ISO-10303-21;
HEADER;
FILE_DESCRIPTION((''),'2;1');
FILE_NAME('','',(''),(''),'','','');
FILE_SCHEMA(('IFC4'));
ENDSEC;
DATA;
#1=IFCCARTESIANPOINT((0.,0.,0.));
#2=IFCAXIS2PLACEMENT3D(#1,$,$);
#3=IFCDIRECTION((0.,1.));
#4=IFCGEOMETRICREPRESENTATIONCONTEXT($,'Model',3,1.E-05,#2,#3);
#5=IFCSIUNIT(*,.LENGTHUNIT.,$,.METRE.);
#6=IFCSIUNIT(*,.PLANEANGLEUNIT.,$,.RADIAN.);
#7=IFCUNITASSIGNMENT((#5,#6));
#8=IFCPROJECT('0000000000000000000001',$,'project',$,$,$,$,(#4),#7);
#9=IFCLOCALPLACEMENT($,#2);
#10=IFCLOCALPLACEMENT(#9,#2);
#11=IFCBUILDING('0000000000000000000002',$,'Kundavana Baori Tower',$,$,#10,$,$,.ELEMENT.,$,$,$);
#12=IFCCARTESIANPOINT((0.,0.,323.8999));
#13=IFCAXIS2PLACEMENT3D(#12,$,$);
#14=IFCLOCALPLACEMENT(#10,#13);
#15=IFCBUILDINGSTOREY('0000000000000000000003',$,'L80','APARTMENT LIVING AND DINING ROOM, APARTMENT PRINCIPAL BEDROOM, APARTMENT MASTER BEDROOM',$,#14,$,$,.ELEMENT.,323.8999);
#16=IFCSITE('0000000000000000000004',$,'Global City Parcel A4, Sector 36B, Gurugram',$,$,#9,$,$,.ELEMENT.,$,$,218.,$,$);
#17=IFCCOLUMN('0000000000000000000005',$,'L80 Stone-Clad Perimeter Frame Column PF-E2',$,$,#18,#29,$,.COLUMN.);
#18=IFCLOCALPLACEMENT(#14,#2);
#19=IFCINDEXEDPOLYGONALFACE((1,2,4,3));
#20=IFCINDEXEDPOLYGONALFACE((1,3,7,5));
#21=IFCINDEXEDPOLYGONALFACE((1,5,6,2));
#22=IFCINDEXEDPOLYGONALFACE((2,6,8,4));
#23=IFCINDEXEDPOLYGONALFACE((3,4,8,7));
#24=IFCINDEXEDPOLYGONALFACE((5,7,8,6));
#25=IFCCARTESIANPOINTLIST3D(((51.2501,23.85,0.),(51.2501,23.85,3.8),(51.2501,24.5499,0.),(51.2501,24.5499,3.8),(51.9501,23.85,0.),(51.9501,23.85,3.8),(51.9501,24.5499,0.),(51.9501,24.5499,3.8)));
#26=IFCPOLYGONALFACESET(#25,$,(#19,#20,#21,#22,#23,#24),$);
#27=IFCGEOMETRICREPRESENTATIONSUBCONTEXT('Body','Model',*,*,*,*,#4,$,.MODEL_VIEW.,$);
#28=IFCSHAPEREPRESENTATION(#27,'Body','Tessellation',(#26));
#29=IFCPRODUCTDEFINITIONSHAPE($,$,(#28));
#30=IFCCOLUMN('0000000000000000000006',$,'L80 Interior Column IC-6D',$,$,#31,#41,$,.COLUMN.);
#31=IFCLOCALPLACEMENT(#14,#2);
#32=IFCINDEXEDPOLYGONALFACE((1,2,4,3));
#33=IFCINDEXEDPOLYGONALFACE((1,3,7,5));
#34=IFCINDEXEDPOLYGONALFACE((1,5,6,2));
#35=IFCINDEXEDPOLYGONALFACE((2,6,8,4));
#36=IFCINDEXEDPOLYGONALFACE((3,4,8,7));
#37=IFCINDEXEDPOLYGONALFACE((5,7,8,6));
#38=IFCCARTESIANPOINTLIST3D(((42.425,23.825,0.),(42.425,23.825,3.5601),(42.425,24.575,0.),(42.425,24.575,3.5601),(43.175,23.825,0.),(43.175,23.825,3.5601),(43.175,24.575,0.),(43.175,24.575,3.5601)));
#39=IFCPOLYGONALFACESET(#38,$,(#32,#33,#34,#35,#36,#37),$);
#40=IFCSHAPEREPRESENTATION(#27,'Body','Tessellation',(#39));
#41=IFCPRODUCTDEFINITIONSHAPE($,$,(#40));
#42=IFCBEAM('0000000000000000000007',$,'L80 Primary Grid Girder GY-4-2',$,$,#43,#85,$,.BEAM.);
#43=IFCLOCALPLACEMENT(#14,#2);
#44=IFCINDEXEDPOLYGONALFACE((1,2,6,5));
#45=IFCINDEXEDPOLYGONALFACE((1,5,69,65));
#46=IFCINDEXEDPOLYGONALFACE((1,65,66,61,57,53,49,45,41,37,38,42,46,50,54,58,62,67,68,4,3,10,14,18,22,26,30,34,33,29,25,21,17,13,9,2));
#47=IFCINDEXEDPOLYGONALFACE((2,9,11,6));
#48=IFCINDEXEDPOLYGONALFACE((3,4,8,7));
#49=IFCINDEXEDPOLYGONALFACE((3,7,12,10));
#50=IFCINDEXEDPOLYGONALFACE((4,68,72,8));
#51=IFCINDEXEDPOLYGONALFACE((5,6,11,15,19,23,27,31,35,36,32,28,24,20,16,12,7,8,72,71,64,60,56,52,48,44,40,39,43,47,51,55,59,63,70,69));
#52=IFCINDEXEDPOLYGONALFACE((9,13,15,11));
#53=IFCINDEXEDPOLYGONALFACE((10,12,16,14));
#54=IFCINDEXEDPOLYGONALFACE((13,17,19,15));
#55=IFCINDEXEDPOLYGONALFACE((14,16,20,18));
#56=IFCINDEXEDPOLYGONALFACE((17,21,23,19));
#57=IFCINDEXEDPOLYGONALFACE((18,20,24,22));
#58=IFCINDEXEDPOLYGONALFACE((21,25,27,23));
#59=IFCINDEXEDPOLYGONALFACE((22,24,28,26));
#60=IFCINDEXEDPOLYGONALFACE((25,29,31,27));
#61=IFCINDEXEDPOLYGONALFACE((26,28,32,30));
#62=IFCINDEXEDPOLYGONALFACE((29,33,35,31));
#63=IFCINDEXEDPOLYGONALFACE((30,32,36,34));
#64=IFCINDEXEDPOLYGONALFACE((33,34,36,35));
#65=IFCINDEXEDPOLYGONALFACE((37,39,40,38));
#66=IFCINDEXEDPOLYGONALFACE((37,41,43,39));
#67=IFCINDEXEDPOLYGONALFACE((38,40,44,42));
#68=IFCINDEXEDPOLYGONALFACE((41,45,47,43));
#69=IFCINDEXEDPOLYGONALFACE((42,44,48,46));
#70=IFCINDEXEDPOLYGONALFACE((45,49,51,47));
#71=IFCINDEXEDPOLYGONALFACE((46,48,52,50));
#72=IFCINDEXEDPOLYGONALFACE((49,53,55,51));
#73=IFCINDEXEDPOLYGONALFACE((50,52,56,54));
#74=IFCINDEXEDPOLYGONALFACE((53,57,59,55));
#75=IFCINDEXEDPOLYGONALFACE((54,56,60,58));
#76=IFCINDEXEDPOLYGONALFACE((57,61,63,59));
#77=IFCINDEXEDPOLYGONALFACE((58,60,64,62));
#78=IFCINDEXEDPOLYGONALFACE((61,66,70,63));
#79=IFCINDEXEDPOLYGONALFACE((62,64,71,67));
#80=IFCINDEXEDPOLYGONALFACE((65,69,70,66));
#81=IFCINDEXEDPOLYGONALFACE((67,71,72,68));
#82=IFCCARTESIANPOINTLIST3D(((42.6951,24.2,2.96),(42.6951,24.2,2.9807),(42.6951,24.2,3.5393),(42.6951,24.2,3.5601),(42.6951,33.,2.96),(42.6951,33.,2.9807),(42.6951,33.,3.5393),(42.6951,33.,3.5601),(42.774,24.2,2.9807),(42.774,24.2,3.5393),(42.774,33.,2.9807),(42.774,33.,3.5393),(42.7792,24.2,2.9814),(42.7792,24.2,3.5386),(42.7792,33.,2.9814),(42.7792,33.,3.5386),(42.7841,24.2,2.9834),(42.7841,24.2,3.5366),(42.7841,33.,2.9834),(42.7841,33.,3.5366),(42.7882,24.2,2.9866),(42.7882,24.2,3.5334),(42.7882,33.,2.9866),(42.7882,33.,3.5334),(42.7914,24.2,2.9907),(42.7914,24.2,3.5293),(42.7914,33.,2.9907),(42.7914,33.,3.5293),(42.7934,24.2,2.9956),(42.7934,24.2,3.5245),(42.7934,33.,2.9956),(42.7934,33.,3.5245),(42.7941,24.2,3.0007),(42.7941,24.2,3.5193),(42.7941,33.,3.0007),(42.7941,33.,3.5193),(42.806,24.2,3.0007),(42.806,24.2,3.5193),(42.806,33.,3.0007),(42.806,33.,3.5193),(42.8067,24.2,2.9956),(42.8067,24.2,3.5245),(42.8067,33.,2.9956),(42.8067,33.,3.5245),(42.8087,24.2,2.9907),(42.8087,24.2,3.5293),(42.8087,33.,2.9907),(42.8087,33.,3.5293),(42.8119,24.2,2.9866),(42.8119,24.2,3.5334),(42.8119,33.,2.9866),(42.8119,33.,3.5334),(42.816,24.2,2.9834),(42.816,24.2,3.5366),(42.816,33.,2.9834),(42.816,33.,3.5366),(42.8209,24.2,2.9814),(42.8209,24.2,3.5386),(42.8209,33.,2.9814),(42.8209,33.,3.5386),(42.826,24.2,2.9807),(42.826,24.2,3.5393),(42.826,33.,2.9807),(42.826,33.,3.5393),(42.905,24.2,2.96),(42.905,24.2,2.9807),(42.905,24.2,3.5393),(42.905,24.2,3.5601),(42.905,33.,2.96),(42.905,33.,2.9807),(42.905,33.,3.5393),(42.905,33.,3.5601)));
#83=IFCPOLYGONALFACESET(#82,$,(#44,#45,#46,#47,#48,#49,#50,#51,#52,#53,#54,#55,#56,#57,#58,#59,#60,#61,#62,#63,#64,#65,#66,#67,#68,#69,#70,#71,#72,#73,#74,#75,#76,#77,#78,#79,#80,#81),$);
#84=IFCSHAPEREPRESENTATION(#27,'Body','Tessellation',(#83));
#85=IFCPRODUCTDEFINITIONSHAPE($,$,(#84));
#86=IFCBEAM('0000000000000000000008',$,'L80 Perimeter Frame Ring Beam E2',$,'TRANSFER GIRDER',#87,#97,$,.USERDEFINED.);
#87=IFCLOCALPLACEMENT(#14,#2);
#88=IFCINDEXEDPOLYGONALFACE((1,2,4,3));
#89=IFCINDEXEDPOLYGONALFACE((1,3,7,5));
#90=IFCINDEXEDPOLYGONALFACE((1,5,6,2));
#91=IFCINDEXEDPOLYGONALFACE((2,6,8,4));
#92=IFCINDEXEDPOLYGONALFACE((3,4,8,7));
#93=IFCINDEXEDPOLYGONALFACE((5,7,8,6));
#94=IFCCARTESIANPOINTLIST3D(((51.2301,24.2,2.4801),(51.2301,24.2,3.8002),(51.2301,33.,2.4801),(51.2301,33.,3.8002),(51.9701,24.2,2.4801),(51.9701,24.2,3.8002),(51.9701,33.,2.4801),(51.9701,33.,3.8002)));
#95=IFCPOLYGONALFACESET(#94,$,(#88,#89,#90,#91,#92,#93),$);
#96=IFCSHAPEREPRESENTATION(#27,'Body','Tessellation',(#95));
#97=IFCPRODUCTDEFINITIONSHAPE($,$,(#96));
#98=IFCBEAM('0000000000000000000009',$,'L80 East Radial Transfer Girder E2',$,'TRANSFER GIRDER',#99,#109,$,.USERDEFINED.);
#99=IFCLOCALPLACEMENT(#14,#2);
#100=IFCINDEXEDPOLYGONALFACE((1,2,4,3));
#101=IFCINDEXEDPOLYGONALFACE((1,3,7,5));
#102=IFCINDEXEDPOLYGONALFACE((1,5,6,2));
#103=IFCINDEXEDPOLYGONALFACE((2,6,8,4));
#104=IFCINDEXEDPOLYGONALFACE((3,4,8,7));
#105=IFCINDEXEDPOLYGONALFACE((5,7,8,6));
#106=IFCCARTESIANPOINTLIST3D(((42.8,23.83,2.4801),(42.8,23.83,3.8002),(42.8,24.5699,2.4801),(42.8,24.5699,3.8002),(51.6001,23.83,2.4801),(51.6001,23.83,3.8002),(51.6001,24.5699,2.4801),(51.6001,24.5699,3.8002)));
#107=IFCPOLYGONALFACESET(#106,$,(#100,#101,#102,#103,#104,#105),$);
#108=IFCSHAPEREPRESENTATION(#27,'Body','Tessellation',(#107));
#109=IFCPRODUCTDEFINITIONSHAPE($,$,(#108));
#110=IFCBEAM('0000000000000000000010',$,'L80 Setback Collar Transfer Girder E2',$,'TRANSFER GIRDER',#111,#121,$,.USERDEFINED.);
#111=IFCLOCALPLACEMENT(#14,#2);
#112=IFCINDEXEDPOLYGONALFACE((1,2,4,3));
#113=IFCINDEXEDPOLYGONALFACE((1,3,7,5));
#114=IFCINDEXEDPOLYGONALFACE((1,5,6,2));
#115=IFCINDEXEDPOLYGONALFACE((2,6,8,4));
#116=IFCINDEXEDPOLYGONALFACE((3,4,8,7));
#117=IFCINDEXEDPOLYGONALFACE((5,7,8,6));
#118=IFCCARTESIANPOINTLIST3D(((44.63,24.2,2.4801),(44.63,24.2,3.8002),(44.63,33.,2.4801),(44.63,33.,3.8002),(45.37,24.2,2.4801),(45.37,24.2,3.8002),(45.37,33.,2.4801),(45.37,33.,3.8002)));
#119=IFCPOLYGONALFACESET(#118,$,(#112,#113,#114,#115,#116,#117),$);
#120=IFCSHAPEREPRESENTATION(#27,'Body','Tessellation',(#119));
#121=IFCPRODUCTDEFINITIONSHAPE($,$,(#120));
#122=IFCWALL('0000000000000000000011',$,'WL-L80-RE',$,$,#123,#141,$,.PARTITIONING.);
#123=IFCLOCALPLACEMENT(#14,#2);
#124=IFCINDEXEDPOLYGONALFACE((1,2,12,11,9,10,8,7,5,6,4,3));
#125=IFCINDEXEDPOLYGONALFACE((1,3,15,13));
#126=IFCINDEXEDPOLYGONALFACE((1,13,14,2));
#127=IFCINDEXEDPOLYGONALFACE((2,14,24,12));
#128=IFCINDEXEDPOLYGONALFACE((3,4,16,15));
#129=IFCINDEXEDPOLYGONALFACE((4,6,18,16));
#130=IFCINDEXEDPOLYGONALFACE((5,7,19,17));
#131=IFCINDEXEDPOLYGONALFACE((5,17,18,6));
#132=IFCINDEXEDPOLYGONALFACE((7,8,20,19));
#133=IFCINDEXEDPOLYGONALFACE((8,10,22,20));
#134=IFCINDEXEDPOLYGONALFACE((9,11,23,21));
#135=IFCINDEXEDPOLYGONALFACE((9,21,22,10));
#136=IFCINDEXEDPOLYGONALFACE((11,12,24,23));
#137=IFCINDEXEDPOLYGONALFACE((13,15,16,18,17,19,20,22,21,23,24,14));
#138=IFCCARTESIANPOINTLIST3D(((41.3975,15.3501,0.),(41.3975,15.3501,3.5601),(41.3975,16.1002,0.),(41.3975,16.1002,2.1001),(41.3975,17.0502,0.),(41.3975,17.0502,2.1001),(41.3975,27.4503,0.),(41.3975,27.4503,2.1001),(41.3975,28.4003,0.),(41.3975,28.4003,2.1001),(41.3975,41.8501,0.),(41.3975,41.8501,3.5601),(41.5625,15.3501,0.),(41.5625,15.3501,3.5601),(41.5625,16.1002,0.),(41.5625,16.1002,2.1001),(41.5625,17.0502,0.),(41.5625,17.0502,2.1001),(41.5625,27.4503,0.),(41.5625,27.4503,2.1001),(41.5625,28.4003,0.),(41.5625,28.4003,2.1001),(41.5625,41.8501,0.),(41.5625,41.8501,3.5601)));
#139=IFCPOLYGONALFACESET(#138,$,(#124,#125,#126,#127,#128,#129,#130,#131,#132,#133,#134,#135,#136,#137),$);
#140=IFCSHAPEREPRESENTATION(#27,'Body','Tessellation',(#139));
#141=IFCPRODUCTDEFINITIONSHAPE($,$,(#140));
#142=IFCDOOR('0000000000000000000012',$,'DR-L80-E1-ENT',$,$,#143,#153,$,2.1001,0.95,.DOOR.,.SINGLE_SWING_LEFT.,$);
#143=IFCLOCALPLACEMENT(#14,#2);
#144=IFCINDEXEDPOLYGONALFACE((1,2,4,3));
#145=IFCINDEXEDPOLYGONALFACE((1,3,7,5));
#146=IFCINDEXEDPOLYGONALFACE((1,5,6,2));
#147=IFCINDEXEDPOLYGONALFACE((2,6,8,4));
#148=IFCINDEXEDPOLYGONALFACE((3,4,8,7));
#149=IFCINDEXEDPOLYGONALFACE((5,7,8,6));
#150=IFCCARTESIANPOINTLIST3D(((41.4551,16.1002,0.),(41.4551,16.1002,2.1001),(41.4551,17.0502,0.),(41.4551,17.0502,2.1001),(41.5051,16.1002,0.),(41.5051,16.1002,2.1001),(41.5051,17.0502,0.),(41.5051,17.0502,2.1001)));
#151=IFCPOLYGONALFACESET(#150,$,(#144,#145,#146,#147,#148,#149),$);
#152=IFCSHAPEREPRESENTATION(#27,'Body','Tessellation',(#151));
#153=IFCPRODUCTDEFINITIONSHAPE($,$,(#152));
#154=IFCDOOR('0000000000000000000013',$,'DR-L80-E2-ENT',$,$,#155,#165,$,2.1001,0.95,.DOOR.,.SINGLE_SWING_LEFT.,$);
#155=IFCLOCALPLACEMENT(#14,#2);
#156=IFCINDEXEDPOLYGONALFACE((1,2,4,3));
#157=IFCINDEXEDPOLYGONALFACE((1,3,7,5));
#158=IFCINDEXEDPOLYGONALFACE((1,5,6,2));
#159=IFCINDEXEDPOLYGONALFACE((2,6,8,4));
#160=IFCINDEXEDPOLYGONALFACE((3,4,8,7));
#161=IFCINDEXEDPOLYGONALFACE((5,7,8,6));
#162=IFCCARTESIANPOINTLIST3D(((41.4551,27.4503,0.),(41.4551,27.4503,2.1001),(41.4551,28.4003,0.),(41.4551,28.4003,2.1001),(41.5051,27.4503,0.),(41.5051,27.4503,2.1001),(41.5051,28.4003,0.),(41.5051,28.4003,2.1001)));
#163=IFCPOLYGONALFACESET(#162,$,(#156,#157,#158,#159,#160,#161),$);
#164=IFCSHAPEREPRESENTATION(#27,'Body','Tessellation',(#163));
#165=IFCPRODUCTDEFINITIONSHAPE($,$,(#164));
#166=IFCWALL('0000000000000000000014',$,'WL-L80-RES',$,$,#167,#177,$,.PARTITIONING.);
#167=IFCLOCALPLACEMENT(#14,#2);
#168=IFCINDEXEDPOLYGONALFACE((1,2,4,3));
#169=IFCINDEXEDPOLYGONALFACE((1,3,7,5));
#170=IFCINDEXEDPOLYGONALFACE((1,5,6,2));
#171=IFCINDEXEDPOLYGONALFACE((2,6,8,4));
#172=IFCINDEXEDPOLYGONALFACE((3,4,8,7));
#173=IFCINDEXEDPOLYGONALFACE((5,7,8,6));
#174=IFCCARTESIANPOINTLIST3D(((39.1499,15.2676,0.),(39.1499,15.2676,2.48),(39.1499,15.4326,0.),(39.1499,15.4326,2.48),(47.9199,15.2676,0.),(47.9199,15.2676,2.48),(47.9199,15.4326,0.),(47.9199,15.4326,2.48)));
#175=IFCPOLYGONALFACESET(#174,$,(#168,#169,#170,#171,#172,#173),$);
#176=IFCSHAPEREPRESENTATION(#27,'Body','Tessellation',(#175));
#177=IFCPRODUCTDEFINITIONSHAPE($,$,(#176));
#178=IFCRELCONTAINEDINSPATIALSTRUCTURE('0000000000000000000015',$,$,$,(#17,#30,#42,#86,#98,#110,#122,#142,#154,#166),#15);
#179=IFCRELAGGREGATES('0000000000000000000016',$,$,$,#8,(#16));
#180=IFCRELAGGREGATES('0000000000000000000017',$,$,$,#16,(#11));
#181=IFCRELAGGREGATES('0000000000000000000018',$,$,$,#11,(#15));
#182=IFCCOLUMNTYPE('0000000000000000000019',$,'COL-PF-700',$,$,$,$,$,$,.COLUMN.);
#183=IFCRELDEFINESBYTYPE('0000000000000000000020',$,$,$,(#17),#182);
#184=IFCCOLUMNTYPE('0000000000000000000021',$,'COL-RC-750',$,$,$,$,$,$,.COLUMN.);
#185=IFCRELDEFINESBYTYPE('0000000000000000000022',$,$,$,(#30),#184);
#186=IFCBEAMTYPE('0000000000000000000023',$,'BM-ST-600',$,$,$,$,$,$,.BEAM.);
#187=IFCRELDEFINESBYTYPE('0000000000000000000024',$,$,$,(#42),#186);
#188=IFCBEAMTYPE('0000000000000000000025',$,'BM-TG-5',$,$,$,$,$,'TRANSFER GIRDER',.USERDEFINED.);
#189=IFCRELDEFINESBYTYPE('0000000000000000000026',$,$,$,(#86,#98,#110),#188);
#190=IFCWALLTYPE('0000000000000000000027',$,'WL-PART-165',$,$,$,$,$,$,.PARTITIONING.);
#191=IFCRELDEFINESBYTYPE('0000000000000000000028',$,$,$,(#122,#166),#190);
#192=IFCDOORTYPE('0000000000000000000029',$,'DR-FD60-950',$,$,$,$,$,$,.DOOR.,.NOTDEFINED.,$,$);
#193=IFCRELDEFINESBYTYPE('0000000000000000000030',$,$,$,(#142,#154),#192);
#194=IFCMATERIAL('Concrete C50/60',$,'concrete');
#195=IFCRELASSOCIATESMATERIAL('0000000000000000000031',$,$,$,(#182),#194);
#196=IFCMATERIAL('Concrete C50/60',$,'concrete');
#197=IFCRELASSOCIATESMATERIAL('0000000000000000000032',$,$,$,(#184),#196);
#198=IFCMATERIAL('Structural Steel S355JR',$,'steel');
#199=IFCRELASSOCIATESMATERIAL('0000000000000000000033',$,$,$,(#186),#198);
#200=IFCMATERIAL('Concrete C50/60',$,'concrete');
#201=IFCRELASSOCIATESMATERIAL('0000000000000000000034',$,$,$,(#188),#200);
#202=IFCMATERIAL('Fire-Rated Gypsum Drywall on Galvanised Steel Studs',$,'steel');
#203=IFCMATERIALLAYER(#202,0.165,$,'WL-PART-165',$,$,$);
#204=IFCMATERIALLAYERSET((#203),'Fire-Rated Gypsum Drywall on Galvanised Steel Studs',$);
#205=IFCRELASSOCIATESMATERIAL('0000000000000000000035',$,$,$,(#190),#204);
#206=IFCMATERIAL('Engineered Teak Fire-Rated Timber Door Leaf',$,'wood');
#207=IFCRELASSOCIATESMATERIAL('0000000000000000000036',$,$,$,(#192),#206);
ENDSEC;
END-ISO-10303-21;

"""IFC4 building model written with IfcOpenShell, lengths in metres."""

from ifc_helpers import new_model, si_unit, direction, frame, frame_2d, origin, origin_2d, place, context, subcontext, project, spatial, rectangle, i_section, extrude, material, layer, layer_set, material_profile, profile_set, type_object, element, fill, save


model = new_model("IFC4")

# Units and contexts
model_context = context("Model", 3, precision=1e-05, world=origin(), true_north=direction((0.0, 1.0)))
body_context = subcontext(model_context, "Body", "Model", "MODEL_VIEW")
ifc_project = project(units=[si_unit("LENGTHUNIT", "METRE"), si_unit("PLANEANGLEUNIT", "RADIAN")], contexts=[model_context])

# Site, building, storey
site_placement = place(None, origin())
site = spatial("IfcSite", under=ifc_project, at=site_placement, Name="Global City Parcel A4, Sector 36B, Gurugram", CompositionType="ELEMENT", RefElevation=218.0)
building_placement = place(site_placement, origin())
building = spatial("IfcBuilding", under=site, at=building_placement, Name="Kundavana Baori Tower", CompositionType="ELEMENT")
storey_placement = place(building_placement, frame((0.0, 0.0, 323.8999)))
storey = spatial("IfcBuildingStorey", under=building, at=storey_placement, Name="L80", Description="APARTMENT LIVING AND DINING ROOM, APARTMENT PRINCIPAL BEDROOM, APARTMENT MASTER BEDROOM", CompositionType="ELEMENT", Elevation=323.8999)

# Columns
ifc_material_1 = material(Name="Concrete C50/60", Category="concrete")
ifc_material_profile_1 = material_profile(ifc_material_1, rectangle(XDim=0.7, YDim=0.7, at=origin_2d()), Name="RC PF 700x700")
ifc_profile_set_1 = profile_set([ifc_material_profile_1], Name="Concrete C50/60")
column_type_1 = type_object("IfcColumnType", Name="COL-PF-700", PredefinedType="COLUMN", material=ifc_profile_set_1)
column_1_placement = place(storey_placement, frame((51.6001, 24.2, 0.0), z_axis=(0.0, 0.0, 1.0), x_axis=(1.0, 0.0, 0.0)))
element("IfcColumn", 1, at=column_1_placement, inside=storey, type_object=column_type_1, Name="L80 Stone-Clad Perimeter Frame Column PF-E2", PredefinedType="COLUMN", context=body_context, shape_type="SweptSolid", body=[
    extrude(rectangle(XDim=0.7, YDim=0.7, at=origin_2d()), origin(), (0.0, 0.0, 1.0), 3.8),
])
ifc_material_2 = material(Name="Concrete C50/60", Category="concrete")
ifc_material_profile_2 = material_profile(ifc_material_2, rectangle(XDim=0.75, YDim=0.75, at=origin_2d()), Name="RC 750x750")
ifc_profile_set_2 = profile_set([ifc_material_profile_2], Name="Concrete C50/60")
column_type_2 = type_object("IfcColumnType", Name="COL-RC-750", PredefinedType="COLUMN", material=ifc_profile_set_2)
column_2_placement = place(storey_placement, frame((42.8, 24.2, 0.0), z_axis=(0.0, 0.0, 1.0), x_axis=(1.0, 0.0, 0.0)))
element("IfcColumn", 2, at=column_2_placement, inside=storey, type_object=column_type_2, Name="L80 Interior Column IC-6D", PredefinedType="COLUMN", context=body_context, shape_type="SweptSolid", body=[
    extrude(rectangle(XDim=0.75, YDim=0.75, at=origin_2d()), origin(), (0.0, 0.0, 1.0), 3.5601),
])

# Beams
ifc_material_3 = material(Name="Structural Steel S355JR", Category="steel")
ifc_material_profile_3 = material_profile(ifc_material_3, i_section(OverallWidth=0.21, OverallDepth=0.6001, WebThickness=0.012, FlangeThickness=0.0208, FilletRadius=0.02, at=origin_2d()), Name="ISMB 600")
ifc_profile_set_3 = profile_set([ifc_material_profile_3], Name="Structural Steel S355JR")
beam_type_1 = type_object("IfcBeamType", Name="BM-ST-600", PredefinedType="BEAM", material=ifc_profile_set_3)
beam_placement = place(storey_placement, frame((42.8, 24.2, 3.26), z_axis=(0.0, 1.0, 0.0), x_axis=(-1.0, 0.0, 0.0)))
element("IfcBeam", 3, at=beam_placement, inside=storey, type_object=beam_type_1, Name="L80 Primary Grid Girder GY-4-2", PredefinedType="BEAM", context=body_context, shape_type="SweptSolid", body=[
    extrude(i_section(OverallWidth=0.21, OverallDepth=0.6001, WebThickness=0.012, FlangeThickness=0.0208, FilletRadius=0.02, at=origin_2d()), origin(), (0.0, 0.0, 1.0), 8.8),
])
ifc_material_4 = material(Name="Concrete C50/60", Category="concrete")
ifc_material_profile_4 = material_profile(ifc_material_4, rectangle(XDim=0.74, YDim=1.3201, at=origin_2d()), Name="BM-TG-5")
ifc_profile_set_4 = profile_set([ifc_material_profile_4], Name="Concrete C50/60")
beam_type_2 = type_object("IfcBeamType", Name="BM-TG-5", ElementType="TRANSFER GIRDER", PredefinedType="USERDEFINED", material=ifc_profile_set_4)
for number, where, z_axis, x_axis, name in (
    (4, (51.6001, 24.2, 3.1401), (0.0, 1.0, 0.0), (-1.0, 0.0, 0.0), "L80 Perimeter Frame Ring Beam E2"),
    (5, (42.8, 24.2, 3.1401), (1.0, 0.0, 0.0), (0.0, 1.0, 0.0), "L80 East Radial Transfer Girder E2"),
    (6, (45.0, 24.2, 3.1401), (0.0, 1.0, 0.0), (-1.0, 0.0, 0.0), "L80 Setback Collar Transfer Girder E2"),
):
    element("IfcBeam", number, at=place(storey_placement, frame(where, z_axis=z_axis, x_axis=x_axis)), inside=storey, type_object=beam_type_2, Name=name, ObjectType="TRANSFER GIRDER", PredefinedType="USERDEFINED", context=body_context, shape_type="SweptSolid", body=[
        extrude(rectangle(XDim=0.74, YDim=1.3201, at=origin_2d()), origin(), (0.0, 0.0, 1.0), 8.8),
    ])

# Wall, openings, doors
ifc_material_5 = material(Name="Fire-Rated Gypsum Drywall on Galvanised Steel Studs", Category="steel")
ifc_layer_1 = layer(ifc_material_5, 0.165, Name="WL-PART-165")
ifc_layer_set_1 = layer_set([ifc_layer_1], Name="Fire-Rated Gypsum Drywall on Galvanised Steel Studs")
wall_type_1 = type_object("IfcWallType", Name="WL-PART-165", PredefinedType="PARTITIONING", material=ifc_layer_set_1)
wall_1_placement = place(storey_placement, frame((41.48, 15.3501, 0.0), z_axis=(0.0, 0.0, 1.0), x_axis=(0.0, 1.0, 0.0)))
wall_1 = element("IfcWall", 7, at=wall_1_placement, inside=storey, type_object=wall_type_1, Name="WL-L80-RE", PredefinedType="PARTITIONING", context=body_context, shape_type="SweptSolid", body=[
    extrude(rectangle(XDim=26.5, YDim=0.165, at=frame_2d((13.25, 0.0))), origin(), (0.0, 0.0, 1.0), 3.5601),
])
opening_1_placement = place(wall_1_placement, frame((0.75, 0.0, 0.0)))
opening_1 = element("IfcOpeningElement", 8, at=opening_1_placement, cuts=wall_1, PredefinedType="OPENING", context=body_context, shape_type="SweptSolid", body=[
    extrude(rectangle(XDim=0.95, YDim=2.1001, at=frame_2d((0.4751, 1.05))), frame((0.0, 0.0925, 0.0), z_axis=(0.0, -1.0, 0.0), x_axis=(1.0, 0.0, 0.0)), (0.0, 0.0, 1.0), 0.1851),
])
opening_2_placement = place(wall_1_placement, frame((12.1001, 0.0, 0.0)))
opening_2 = element("IfcOpeningElement", 9, at=opening_2_placement, cuts=wall_1, PredefinedType="OPENING", context=body_context, shape_type="SweptSolid", body=[
    extrude(rectangle(XDim=0.95, YDim=2.1001, at=frame_2d((0.4751, 1.05))), frame((0.0, 0.0925, 0.0), z_axis=(0.0, -1.0, 0.0), x_axis=(1.0, 0.0, 0.0)), (0.0, 0.0, 1.0), 0.1851),
])
ifc_material_6 = material(Name="Engineered Teak Fire-Rated Timber Door Leaf", Category="wood")
door_type_1 = type_object("IfcDoorType", Name="DR-FD60-950", OperationType="NOTDEFINED", PredefinedType="DOOR", material=ifc_material_6)
door_1_placement = place(opening_1_placement, origin())
door_1 = element("IfcDoor", 10, at=door_1_placement, inside=storey, type_object=door_type_1, Name="DR-L80-E1-ENT", OperationType="SINGLE_SWING_LEFT", OverallHeight=2.1001, OverallWidth=0.95, PredefinedType="DOOR", context=body_context, shape_type="SweptSolid", body=[
    extrude(rectangle(XDim=0.95, YDim=2.1001, at=frame_2d((0.4751, 1.05))), frame((0.0, 0.0249, 0.0), z_axis=(0.0, -1.0, 0.0), x_axis=(1.0, 0.0, 0.0)), (0.0, 0.0, 1.0), 0.05),
])
fill(opening_1, door_1)
door_2_placement = place(opening_2_placement, origin())
door_2 = element("IfcDoor", 11, at=door_2_placement, inside=storey, type_object=door_type_1, Name="DR-L80-E2-ENT", OperationType="SINGLE_SWING_LEFT", OverallHeight=2.1001, OverallWidth=0.95, PredefinedType="DOOR", context=body_context, shape_type="SweptSolid", body=[
    extrude(rectangle(XDim=0.95, YDim=2.1001, at=frame_2d((0.4751, 1.05))), frame((0.0, 0.0249, 0.0), z_axis=(0.0, -1.0, 0.0), x_axis=(1.0, 0.0, 0.0)), (0.0, 0.0, 1.0), 0.05),
])
fill(opening_2, door_2)

# Wall
wall_2_placement = place(storey_placement, frame((39.1499, 15.3501, 0.0), z_axis=(0.0, 0.0, 1.0), x_axis=(1.0, 0.0, 0.0)))
element("IfcWall", 12, at=wall_2_placement, inside=storey, type_object=wall_type_1, Name="WL-L80-RES", PredefinedType="PARTITIONING", context=body_context, shape_type="SweptSolid", body=[
    extrude(rectangle(XDim=8.77, YDim=0.165, at=frame_2d((4.385, 0.0))), origin(), (0.0, 0.0, 1.0), 2.48),
])

save(model, "model.ifc")
